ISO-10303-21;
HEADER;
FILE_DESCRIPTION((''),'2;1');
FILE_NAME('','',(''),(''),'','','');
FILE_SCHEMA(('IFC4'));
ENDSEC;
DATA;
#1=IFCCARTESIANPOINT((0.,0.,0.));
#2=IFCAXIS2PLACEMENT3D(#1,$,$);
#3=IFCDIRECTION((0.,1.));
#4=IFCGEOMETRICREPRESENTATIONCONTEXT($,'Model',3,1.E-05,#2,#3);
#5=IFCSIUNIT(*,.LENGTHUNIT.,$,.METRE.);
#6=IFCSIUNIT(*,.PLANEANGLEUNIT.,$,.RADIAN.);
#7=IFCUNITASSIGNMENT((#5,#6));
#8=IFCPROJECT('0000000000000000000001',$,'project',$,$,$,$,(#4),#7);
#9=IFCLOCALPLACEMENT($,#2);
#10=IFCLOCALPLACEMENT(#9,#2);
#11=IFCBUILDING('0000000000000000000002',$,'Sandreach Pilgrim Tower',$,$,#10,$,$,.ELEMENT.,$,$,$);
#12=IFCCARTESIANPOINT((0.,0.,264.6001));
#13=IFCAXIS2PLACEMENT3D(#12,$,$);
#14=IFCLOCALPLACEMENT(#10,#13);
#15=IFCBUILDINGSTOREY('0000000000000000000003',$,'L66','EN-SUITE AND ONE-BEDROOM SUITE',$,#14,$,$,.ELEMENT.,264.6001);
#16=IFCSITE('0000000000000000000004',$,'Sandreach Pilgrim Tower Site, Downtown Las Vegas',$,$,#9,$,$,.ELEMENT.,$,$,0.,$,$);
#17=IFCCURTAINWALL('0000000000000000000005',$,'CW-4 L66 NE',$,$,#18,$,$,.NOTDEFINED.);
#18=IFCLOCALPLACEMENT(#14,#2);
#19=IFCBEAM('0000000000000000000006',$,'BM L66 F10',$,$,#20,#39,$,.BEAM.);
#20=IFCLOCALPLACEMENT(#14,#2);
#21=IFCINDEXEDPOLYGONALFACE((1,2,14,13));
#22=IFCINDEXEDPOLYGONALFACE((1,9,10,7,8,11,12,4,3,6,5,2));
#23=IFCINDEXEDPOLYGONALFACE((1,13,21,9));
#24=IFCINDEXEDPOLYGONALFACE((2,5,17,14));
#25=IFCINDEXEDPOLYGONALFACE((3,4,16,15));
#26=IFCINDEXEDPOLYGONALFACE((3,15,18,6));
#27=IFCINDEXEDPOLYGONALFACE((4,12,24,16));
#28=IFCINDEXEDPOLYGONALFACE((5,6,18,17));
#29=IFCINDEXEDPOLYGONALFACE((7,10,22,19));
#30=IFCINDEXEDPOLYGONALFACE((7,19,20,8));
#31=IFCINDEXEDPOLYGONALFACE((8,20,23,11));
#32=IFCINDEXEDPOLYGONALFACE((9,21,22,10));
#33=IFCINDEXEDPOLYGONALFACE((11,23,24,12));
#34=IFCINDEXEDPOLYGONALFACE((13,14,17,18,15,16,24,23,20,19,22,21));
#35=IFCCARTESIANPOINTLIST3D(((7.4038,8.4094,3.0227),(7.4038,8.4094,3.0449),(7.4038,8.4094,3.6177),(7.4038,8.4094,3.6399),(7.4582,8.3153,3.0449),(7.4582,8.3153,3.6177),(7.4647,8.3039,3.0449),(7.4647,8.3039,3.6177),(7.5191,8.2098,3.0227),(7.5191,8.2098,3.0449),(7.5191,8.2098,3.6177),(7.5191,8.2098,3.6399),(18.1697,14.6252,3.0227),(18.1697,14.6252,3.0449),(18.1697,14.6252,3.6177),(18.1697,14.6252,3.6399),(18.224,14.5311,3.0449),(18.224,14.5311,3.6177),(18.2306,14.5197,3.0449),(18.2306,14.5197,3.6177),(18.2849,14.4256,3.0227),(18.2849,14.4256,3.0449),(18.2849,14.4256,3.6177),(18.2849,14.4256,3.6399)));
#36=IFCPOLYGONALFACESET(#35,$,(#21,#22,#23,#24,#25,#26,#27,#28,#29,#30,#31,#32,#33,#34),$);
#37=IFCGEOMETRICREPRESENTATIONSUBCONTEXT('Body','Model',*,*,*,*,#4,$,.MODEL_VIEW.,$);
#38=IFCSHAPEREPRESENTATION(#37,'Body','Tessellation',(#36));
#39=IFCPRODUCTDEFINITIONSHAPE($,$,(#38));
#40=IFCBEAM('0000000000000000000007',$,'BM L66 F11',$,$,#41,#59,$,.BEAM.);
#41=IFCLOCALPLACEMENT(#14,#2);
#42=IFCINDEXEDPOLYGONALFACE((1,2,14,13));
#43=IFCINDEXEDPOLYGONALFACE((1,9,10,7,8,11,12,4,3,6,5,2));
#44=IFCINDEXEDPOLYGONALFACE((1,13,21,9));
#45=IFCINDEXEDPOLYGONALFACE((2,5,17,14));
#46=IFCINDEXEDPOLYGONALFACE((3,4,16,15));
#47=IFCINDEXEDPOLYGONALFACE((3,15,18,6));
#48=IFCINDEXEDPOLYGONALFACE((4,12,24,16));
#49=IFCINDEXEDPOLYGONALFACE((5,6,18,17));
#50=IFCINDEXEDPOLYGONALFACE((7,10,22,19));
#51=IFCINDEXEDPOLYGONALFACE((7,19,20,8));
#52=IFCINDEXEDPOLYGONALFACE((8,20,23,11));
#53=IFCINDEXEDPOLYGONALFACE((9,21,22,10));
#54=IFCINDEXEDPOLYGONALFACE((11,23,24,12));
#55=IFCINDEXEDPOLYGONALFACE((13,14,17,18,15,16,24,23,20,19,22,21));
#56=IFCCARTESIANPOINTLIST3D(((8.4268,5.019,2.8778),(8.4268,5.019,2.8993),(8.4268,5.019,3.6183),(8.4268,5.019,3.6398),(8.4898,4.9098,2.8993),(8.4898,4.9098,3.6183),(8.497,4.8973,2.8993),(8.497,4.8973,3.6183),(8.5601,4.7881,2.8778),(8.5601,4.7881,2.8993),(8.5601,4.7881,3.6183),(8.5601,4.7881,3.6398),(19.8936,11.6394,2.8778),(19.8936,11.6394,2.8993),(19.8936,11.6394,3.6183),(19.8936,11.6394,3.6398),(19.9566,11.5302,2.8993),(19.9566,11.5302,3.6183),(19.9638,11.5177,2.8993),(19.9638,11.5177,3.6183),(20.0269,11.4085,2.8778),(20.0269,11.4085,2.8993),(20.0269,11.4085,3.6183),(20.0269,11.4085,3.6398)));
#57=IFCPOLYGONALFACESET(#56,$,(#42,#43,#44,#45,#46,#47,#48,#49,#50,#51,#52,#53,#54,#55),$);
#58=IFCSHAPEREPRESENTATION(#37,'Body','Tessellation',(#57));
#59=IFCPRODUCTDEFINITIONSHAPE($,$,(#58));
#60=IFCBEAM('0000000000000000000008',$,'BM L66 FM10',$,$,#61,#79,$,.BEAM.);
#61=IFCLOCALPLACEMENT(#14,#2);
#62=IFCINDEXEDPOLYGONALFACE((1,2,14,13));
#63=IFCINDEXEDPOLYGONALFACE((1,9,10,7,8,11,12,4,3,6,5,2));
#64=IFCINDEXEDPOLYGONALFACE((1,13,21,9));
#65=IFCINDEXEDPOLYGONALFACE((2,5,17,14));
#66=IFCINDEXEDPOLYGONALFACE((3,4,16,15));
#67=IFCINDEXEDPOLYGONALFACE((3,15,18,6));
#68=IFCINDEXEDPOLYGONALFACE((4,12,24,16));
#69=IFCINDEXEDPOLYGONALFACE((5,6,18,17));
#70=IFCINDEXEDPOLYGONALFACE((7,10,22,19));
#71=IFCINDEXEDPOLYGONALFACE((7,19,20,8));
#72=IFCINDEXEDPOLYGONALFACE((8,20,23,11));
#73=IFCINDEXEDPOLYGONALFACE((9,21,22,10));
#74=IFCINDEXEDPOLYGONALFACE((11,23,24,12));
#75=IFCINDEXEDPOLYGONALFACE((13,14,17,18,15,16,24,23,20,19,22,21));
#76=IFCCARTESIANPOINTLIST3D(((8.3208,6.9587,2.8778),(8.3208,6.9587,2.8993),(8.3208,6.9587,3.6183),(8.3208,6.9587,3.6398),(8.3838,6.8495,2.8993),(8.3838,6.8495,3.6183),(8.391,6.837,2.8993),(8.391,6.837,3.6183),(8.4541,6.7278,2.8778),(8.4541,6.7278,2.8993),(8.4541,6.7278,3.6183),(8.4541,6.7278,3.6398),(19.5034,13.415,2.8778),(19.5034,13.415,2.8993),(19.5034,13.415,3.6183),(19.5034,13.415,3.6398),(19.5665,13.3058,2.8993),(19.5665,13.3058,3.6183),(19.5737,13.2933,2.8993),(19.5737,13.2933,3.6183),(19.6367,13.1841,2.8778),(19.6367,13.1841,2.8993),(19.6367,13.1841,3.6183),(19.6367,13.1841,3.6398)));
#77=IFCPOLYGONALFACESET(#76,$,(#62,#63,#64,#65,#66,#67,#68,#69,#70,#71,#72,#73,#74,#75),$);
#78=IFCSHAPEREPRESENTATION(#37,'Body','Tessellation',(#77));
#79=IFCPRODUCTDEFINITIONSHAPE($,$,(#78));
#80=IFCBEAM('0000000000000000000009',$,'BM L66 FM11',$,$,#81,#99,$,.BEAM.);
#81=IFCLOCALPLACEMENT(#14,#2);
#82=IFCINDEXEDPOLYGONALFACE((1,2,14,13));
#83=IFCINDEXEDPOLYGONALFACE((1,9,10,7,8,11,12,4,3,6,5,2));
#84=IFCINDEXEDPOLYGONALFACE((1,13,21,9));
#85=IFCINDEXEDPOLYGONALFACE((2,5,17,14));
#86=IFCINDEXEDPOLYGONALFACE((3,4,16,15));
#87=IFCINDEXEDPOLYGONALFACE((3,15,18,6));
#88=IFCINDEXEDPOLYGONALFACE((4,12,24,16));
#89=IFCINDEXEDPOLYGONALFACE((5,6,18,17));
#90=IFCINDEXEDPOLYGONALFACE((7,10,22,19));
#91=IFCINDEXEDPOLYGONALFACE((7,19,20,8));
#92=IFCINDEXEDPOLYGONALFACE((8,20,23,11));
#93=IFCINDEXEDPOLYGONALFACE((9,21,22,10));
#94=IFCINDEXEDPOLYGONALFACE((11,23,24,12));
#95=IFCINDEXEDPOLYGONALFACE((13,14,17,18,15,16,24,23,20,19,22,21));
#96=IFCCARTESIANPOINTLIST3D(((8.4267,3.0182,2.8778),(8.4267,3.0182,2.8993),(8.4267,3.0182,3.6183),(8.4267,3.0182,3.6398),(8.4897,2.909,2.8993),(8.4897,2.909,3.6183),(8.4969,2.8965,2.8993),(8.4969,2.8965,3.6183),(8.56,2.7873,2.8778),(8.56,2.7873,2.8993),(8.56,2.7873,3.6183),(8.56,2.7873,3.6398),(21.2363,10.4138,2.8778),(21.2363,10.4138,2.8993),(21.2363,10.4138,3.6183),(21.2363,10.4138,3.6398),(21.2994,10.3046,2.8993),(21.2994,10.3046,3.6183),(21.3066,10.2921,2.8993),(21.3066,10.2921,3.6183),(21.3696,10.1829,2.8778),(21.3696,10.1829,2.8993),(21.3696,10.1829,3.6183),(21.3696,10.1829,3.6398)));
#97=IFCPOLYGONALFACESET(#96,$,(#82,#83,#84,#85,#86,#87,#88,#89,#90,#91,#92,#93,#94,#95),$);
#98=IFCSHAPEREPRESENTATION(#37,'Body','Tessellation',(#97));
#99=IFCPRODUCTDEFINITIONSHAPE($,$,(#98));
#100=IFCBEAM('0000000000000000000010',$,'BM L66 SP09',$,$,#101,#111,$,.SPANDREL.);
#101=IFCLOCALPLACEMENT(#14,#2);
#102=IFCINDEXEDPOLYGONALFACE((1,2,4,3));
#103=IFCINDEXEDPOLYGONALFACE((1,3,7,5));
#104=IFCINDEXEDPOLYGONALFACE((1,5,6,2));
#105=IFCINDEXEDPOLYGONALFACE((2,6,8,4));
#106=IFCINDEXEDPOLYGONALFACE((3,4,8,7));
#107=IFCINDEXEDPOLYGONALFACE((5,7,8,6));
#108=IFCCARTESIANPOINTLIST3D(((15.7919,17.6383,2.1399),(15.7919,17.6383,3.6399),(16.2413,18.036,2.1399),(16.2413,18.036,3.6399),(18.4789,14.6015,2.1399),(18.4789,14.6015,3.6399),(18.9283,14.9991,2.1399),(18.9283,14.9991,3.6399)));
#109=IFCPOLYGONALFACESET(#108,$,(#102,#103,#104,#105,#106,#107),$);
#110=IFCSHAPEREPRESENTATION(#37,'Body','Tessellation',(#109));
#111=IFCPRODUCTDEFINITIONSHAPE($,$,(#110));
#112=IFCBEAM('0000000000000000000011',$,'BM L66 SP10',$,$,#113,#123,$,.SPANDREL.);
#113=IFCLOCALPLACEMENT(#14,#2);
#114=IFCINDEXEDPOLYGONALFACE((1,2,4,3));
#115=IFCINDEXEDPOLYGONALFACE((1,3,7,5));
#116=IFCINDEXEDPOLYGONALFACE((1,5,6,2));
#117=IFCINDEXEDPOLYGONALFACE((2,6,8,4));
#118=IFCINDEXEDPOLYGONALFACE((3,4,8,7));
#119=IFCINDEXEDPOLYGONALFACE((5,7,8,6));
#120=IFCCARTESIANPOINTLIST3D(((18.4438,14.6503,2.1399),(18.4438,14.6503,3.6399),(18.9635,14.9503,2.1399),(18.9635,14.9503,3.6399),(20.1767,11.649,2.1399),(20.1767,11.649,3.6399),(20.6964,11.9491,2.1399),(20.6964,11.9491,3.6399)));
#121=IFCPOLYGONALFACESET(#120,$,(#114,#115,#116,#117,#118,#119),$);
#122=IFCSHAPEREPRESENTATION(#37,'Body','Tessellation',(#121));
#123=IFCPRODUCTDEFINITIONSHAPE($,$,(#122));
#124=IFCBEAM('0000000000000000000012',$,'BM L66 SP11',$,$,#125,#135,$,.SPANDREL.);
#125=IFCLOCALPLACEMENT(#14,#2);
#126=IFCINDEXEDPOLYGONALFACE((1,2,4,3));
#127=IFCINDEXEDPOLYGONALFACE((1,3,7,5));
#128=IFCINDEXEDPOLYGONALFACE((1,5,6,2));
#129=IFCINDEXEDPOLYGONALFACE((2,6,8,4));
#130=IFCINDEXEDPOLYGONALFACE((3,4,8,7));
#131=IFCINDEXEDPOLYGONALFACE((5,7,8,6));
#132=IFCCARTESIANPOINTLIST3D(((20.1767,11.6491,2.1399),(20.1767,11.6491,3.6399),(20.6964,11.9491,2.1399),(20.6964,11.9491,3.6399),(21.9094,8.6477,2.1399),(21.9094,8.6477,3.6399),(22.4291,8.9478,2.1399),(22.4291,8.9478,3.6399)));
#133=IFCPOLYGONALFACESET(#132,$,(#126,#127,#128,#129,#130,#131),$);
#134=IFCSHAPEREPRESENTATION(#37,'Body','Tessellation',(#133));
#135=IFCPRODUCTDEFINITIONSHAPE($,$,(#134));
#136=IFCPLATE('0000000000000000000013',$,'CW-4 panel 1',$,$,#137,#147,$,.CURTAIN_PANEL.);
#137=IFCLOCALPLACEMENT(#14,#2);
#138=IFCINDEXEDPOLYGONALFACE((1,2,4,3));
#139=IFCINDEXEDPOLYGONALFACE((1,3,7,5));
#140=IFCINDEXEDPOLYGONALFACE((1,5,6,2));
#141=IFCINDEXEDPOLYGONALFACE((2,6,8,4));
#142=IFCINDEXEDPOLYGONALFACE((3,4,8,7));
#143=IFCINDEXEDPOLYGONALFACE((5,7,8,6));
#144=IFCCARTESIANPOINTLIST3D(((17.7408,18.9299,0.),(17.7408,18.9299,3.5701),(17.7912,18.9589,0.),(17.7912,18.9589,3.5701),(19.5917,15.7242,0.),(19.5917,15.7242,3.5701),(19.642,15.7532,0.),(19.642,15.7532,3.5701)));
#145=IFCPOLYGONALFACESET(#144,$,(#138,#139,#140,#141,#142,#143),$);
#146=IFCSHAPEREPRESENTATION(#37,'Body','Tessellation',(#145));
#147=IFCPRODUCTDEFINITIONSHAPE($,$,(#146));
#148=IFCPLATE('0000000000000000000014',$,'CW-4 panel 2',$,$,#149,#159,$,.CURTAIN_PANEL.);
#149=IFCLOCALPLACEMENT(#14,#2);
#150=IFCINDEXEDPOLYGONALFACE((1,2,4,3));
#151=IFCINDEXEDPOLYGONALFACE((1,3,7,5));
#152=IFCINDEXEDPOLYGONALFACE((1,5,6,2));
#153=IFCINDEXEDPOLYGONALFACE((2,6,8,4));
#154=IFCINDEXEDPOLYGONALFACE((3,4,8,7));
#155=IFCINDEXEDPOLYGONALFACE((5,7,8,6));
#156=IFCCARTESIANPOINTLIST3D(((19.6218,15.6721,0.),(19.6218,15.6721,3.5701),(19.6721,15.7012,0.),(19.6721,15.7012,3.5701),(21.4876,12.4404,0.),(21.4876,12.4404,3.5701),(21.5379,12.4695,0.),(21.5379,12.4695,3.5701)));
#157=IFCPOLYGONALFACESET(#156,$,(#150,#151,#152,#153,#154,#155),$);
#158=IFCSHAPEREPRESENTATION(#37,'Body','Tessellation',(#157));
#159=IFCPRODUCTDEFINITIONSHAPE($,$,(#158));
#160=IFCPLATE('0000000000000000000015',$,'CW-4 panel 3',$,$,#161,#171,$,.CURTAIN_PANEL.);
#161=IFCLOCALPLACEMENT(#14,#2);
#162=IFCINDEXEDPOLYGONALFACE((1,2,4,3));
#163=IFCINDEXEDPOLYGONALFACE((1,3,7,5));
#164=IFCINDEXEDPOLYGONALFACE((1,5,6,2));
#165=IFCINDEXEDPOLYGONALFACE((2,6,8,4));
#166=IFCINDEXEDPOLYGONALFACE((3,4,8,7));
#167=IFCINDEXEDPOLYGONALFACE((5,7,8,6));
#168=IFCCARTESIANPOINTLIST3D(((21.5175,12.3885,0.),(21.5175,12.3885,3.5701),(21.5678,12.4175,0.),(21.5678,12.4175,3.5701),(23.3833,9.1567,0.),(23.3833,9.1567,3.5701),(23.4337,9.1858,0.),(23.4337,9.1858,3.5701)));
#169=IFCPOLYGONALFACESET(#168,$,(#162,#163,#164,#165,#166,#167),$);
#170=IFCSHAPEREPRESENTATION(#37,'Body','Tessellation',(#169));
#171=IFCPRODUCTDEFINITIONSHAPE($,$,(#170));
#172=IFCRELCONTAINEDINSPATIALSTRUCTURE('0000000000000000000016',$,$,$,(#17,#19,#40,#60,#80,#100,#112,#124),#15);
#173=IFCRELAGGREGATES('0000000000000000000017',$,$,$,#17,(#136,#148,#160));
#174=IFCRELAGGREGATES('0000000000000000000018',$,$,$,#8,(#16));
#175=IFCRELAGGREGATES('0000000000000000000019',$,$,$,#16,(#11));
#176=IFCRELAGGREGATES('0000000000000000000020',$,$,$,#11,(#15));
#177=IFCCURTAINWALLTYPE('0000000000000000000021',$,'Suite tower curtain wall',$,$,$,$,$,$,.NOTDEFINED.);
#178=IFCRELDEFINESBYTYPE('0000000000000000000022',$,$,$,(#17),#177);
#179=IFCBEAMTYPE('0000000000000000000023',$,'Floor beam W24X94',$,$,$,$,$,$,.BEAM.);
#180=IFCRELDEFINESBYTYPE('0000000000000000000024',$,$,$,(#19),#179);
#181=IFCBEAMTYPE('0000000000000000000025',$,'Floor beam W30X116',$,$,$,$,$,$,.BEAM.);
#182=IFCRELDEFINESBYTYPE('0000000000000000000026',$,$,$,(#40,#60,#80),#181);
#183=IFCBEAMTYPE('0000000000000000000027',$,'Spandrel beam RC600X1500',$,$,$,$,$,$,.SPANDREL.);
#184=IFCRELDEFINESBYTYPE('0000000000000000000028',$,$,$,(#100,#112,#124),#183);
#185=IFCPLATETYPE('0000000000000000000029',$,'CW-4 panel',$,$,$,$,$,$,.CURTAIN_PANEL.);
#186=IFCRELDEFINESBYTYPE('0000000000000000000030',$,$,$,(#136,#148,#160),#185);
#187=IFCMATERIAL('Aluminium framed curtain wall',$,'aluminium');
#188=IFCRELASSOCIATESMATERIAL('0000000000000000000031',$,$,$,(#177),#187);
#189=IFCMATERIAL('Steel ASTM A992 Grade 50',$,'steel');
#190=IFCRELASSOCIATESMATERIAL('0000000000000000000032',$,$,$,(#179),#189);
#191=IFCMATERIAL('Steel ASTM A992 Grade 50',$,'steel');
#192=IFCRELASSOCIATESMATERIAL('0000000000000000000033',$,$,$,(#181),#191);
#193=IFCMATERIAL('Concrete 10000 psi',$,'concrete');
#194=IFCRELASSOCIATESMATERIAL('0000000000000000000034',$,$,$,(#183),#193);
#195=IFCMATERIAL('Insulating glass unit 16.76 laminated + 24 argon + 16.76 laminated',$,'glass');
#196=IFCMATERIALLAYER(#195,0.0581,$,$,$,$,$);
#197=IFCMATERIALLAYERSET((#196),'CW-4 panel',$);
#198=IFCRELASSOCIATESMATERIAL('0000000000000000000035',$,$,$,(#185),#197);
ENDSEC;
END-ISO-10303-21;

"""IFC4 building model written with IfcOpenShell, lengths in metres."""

from ifc_helpers import new_model, si_unit, direction, frame, origin, origin_2d, place, context, subcontext, project, spatial, rectangle, i_section, extrude, material, layer, layer_set, material_profile, profile_set, type_object, element, aggregate, save


model = new_model("IFC4")

# Units and contexts
model_context = context("Model", 3, precision=1e-05, world=origin(), true_north=direction((0.0, 1.0)))
body_context = subcontext(model_context, "Body", "Model", "MODEL_VIEW")
ifc_project = project(units=[si_unit("LENGTHUNIT", "METRE"), si_unit("PLANEANGLEUNIT", "RADIAN")], contexts=[model_context])

# Site, building, storey
site_placement = place(None, origin())
site = spatial("IfcSite", under=ifc_project, at=site_placement, Name="Sandreach Pilgrim Tower Site, Downtown Las Vegas", CompositionType="ELEMENT", RefElevation=0.0)
building_placement = place(site_placement, origin())
building = spatial("IfcBuilding", under=site, at=building_placement, Name="Sandreach Pilgrim Tower", CompositionType="ELEMENT")
storey_placement = place(building_placement, frame((0.0, 0.0, 264.6001)))
storey = spatial("IfcBuildingStorey", under=building, at=storey_placement, Name="L66", Description="EN-SUITE AND ONE-BEDROOM SUITE", CompositionType="ELEMENT", Elevation=264.6001)

# Shared definitions
ifc_material_1 = material(Name="Aluminium framed curtain wall", Category="aluminium")
curtain_wall_type = type_object("IfcCurtainWallType", Name="Suite tower curtain wall", PredefinedType="NOTDEFINED", material=ifc_material_1)

# Curtain wall
curtain_wall_1_placement = place(storey_placement, origin())
curtain_wall_1 = element("IfcCurtainWall", 1, at=curtain_wall_1_placement, inside=storey, type_object=curtain_wall_type, Name="CW-4 L66 NE", PredefinedType="NOTDEFINED")

# Beams
ifc_material_2 = material(Name="Steel ASTM A992 Grade 50", Category="steel")
ifc_material_profile_1 = material_profile(ifc_material_2, i_section(OverallWidth=0.2305, OverallDepth=0.6172, WebThickness=0.0132, FlangeThickness=0.0222, at=origin_2d()), Name="W24X94")
ifc_profile_set_1 = profile_set([ifc_material_profile_1], Name="Steel ASTM A992 Grade 50")
beam_type_1 = type_object("IfcBeamType", Name="Floor beam W24X94", PredefinedType="BEAM", material=ifc_profile_set_1)
beam_1_placement = place(storey_placement, frame((18.2273, 14.5254, 3.3313), z_axis=(-0.86602, -0.500009, 0.0), x_axis=(0.500009, -0.86602, 0.0)))
element("IfcBeam", 2, at=beam_1_placement, inside=storey, type_object=beam_type_1, Name="BM L66 F10", PredefinedType="BEAM", context=body_context, shape_type="SweptSolid", body=[
    extrude(i_section(OverallWidth=0.2305, OverallDepth=0.6172, WebThickness=0.0132, FlangeThickness=0.0222, at=origin_2d()), origin(), (0.0, 0.0, 1.0), 12.4314),
])
ifc_material_3 = material(Name="Steel ASTM A992 Grade 50", Category="steel")
ifc_material_profile_2 = material_profile(ifc_material_3, i_section(OverallWidth=0.2666, OverallDepth=0.762, WebThickness=0.0144, FlangeThickness=0.0215, at=origin_2d()), Name="W30X116")
ifc_profile_set_2 = profile_set([ifc_material_profile_2], Name="Steel ASTM A992 Grade 50")
beam_type_2 = type_object("IfcBeamType", Name="Floor beam W30X116", PredefinedType="BEAM", material=ifc_profile_set_2)
beam_2_placement = place(storey_placement, frame((19.9602, 11.5239, 3.2588), z_axis=(-0.866025, -0.5, 0.0), x_axis=(0.5, -0.866025, 0.0)))
element("IfcBeam", 3, at=beam_2_placement, inside=storey, type_object=beam_type_2, Name="BM L66 F11", PredefinedType="BEAM", context=body_context, shape_type="SweptSolid", body=[
    extrude(i_section(OverallWidth=0.2666, OverallDepth=0.762, WebThickness=0.0144, FlangeThickness=0.0215, at=origin_2d()), origin(), (0.0, 0.0, 1.0), 13.2407),
])
beam_3_placement = place(storey_placement, frame((19.5701, 13.2996, 3.2588), z_axis=(-0.866025, -0.500001, 0.0), x_axis=(0.500001, -0.866025, 0.0)))
element("IfcBeam", 4, at=beam_3_placement, inside=storey, type_object=beam_type_2, Name="BM L66 FM10", PredefinedType="BEAM", context=body_context, shape_type="SweptSolid", body=[
    extrude(i_section(OverallWidth=0.2666, OverallDepth=0.762, WebThickness=0.0144, FlangeThickness=0.0215, at=origin_2d()), origin(), (0.0, 0.0, 1.0), 12.9126),
])
beam_4_placement = place(storey_placement, frame((21.303, 10.2983, 3.2588), z_axis=(-0.866028, -0.499995, 0.0), x_axis=(0.499995, -0.866028, 0.0)))
element("IfcBeam", 5, at=beam_4_placement, inside=storey, type_object=beam_type_2, Name="BM L66 FM11", PredefinedType="BEAM", context=body_context, shape_type="SweptSolid", body=[
    extrude(i_section(OverallWidth=0.2666, OverallDepth=0.762, WebThickness=0.0144, FlangeThickness=0.0215, at=origin_2d()), origin(), (0.0, 0.0, 1.0), 14.7913),
])
ifc_material_4 = material(Name="Concrete 10000 psi", Category="concrete")
ifc_material_profile_3 = material_profile(ifc_material_4, rectangle(XDim=0.6001, YDim=1.5, at=origin_2d()), Name="RC600X1500")
ifc_profile_set_3 = profile_set([ifc_material_profile_3], Name="Concrete 10000 psi")
beam_type_3 = type_object("IfcBeamType", Name="Spandrel beam RC600X1500", PredefinedType="SPANDREL", material=ifc_profile_set_3)
beam_5_placement = place(storey_placement, frame((16.0166, 17.8372, 2.8899), z_axis=(0.662651, -0.748929, 0.0), x_axis=(0.748929, 0.662651, 0.0)))
element("IfcBeam", 6, at=beam_5_placement, inside=storey, type_object=beam_type_3, Name="BM L66 SP09", PredefinedType="SPANDREL", context=body_context, shape_type="SweptSolid", body=[
    extrude(rectangle(XDim=0.6001, YDim=1.5, at=origin_2d()), origin(), (0.0, 0.0, 1.0), 4.0549),
])
for number, where, z_axis, x_axis, name in (
    (7, (18.7036, 14.8003, 2.8899), (0.500033, -0.866006, 0.0), (0.866006, 0.500033, 0.0), "BM L66 SP10"),
    (8, (20.4365, 11.7991, 2.8899), (0.499981, -0.866037, 0.0), (0.866037, 0.499981, 0.0), "BM L66 SP11"),
):
    element("IfcBeam", number, at=place(storey_placement, frame(where, z_axis=z_axis, x_axis=x_axis)), inside=storey, type_object=beam_type_3, Name=name, PredefinedType="SPANDREL", context=body_context, shape_type="SweptSolid", body=[
        extrude(rectangle(XDim=0.6001, YDim=1.5, at=origin_2d()), origin(), (0.0, 0.0, 1.0), 3.4656),
    ])

# Plates
ifc_material_5 = material(Name="Insulating glass unit 16.76 laminated + 24 argon + 16.76 laminated", Category="glass")
ifc_layer_1 = layer(ifc_material_5, 0.0581)
ifc_layer_set_1 = layer_set([ifc_layer_1], Name="CW-4 panel")
plate_type = type_object("IfcPlateType", Name="CW-4 panel", PredefinedType="CURTAIN_PANEL", material=ifc_layer_set_1)
plate_1_placement = place(storey_placement, frame((18.6914, 17.3416, 0.0), z_axis=(0.0, 0.0, 1.0), x_axis=(0.5, -0.866025, 0.0)))
plate_1 = element("IfcPlate", 9, at=plate_1_placement, type_object=plate_type, Name="CW-4 panel 1", PredefinedType="CURTAIN_PANEL", context=body_context, shape_type="SweptSolid", body=[
    extrude(rectangle(XDim=3.7017, YDim=0.0581, at=origin_2d()), origin(), (0.0, 0.0, 1.0), 3.5701),
])
plate_2_placement = place(storey_placement, frame((20.5798, 14.0708, 0.0), z_axis=(0.0, 0.0, 1.0), x_axis=(0.5, -0.866025, 0.0)))
plate_2 = element("IfcPlate", 10, at=plate_2_placement, type_object=plate_type, Name="CW-4 panel 2", PredefinedType="CURTAIN_PANEL", context=body_context, shape_type="SweptSolid", body=[
    extrude(rectangle(XDim=3.7317, YDim=0.0581, at=origin_2d()), origin(), (0.0, 0.0, 1.0), 3.5701),
])
plate_3_placement = place(storey_placement, frame((22.4756, 10.7871, 0.0), z_axis=(0.0, 0.0, 1.0), x_axis=(0.5, -0.866025, 0.0)))
plate_3 = element("IfcPlate", 11, at=plate_3_placement, type_object=plate_type, Name="CW-4 panel 3", PredefinedType="CURTAIN_PANEL", context=body_context, shape_type="SweptSolid", body=[
    extrude(rectangle(XDim=3.7317, YDim=0.0581, at=origin_2d()), origin(), (0.0, 0.0, 1.0), 3.5701),
])
aggregate(curtain_wall_1, [plate_1, plate_2, plate_3])

save(model, "model.ifc")
